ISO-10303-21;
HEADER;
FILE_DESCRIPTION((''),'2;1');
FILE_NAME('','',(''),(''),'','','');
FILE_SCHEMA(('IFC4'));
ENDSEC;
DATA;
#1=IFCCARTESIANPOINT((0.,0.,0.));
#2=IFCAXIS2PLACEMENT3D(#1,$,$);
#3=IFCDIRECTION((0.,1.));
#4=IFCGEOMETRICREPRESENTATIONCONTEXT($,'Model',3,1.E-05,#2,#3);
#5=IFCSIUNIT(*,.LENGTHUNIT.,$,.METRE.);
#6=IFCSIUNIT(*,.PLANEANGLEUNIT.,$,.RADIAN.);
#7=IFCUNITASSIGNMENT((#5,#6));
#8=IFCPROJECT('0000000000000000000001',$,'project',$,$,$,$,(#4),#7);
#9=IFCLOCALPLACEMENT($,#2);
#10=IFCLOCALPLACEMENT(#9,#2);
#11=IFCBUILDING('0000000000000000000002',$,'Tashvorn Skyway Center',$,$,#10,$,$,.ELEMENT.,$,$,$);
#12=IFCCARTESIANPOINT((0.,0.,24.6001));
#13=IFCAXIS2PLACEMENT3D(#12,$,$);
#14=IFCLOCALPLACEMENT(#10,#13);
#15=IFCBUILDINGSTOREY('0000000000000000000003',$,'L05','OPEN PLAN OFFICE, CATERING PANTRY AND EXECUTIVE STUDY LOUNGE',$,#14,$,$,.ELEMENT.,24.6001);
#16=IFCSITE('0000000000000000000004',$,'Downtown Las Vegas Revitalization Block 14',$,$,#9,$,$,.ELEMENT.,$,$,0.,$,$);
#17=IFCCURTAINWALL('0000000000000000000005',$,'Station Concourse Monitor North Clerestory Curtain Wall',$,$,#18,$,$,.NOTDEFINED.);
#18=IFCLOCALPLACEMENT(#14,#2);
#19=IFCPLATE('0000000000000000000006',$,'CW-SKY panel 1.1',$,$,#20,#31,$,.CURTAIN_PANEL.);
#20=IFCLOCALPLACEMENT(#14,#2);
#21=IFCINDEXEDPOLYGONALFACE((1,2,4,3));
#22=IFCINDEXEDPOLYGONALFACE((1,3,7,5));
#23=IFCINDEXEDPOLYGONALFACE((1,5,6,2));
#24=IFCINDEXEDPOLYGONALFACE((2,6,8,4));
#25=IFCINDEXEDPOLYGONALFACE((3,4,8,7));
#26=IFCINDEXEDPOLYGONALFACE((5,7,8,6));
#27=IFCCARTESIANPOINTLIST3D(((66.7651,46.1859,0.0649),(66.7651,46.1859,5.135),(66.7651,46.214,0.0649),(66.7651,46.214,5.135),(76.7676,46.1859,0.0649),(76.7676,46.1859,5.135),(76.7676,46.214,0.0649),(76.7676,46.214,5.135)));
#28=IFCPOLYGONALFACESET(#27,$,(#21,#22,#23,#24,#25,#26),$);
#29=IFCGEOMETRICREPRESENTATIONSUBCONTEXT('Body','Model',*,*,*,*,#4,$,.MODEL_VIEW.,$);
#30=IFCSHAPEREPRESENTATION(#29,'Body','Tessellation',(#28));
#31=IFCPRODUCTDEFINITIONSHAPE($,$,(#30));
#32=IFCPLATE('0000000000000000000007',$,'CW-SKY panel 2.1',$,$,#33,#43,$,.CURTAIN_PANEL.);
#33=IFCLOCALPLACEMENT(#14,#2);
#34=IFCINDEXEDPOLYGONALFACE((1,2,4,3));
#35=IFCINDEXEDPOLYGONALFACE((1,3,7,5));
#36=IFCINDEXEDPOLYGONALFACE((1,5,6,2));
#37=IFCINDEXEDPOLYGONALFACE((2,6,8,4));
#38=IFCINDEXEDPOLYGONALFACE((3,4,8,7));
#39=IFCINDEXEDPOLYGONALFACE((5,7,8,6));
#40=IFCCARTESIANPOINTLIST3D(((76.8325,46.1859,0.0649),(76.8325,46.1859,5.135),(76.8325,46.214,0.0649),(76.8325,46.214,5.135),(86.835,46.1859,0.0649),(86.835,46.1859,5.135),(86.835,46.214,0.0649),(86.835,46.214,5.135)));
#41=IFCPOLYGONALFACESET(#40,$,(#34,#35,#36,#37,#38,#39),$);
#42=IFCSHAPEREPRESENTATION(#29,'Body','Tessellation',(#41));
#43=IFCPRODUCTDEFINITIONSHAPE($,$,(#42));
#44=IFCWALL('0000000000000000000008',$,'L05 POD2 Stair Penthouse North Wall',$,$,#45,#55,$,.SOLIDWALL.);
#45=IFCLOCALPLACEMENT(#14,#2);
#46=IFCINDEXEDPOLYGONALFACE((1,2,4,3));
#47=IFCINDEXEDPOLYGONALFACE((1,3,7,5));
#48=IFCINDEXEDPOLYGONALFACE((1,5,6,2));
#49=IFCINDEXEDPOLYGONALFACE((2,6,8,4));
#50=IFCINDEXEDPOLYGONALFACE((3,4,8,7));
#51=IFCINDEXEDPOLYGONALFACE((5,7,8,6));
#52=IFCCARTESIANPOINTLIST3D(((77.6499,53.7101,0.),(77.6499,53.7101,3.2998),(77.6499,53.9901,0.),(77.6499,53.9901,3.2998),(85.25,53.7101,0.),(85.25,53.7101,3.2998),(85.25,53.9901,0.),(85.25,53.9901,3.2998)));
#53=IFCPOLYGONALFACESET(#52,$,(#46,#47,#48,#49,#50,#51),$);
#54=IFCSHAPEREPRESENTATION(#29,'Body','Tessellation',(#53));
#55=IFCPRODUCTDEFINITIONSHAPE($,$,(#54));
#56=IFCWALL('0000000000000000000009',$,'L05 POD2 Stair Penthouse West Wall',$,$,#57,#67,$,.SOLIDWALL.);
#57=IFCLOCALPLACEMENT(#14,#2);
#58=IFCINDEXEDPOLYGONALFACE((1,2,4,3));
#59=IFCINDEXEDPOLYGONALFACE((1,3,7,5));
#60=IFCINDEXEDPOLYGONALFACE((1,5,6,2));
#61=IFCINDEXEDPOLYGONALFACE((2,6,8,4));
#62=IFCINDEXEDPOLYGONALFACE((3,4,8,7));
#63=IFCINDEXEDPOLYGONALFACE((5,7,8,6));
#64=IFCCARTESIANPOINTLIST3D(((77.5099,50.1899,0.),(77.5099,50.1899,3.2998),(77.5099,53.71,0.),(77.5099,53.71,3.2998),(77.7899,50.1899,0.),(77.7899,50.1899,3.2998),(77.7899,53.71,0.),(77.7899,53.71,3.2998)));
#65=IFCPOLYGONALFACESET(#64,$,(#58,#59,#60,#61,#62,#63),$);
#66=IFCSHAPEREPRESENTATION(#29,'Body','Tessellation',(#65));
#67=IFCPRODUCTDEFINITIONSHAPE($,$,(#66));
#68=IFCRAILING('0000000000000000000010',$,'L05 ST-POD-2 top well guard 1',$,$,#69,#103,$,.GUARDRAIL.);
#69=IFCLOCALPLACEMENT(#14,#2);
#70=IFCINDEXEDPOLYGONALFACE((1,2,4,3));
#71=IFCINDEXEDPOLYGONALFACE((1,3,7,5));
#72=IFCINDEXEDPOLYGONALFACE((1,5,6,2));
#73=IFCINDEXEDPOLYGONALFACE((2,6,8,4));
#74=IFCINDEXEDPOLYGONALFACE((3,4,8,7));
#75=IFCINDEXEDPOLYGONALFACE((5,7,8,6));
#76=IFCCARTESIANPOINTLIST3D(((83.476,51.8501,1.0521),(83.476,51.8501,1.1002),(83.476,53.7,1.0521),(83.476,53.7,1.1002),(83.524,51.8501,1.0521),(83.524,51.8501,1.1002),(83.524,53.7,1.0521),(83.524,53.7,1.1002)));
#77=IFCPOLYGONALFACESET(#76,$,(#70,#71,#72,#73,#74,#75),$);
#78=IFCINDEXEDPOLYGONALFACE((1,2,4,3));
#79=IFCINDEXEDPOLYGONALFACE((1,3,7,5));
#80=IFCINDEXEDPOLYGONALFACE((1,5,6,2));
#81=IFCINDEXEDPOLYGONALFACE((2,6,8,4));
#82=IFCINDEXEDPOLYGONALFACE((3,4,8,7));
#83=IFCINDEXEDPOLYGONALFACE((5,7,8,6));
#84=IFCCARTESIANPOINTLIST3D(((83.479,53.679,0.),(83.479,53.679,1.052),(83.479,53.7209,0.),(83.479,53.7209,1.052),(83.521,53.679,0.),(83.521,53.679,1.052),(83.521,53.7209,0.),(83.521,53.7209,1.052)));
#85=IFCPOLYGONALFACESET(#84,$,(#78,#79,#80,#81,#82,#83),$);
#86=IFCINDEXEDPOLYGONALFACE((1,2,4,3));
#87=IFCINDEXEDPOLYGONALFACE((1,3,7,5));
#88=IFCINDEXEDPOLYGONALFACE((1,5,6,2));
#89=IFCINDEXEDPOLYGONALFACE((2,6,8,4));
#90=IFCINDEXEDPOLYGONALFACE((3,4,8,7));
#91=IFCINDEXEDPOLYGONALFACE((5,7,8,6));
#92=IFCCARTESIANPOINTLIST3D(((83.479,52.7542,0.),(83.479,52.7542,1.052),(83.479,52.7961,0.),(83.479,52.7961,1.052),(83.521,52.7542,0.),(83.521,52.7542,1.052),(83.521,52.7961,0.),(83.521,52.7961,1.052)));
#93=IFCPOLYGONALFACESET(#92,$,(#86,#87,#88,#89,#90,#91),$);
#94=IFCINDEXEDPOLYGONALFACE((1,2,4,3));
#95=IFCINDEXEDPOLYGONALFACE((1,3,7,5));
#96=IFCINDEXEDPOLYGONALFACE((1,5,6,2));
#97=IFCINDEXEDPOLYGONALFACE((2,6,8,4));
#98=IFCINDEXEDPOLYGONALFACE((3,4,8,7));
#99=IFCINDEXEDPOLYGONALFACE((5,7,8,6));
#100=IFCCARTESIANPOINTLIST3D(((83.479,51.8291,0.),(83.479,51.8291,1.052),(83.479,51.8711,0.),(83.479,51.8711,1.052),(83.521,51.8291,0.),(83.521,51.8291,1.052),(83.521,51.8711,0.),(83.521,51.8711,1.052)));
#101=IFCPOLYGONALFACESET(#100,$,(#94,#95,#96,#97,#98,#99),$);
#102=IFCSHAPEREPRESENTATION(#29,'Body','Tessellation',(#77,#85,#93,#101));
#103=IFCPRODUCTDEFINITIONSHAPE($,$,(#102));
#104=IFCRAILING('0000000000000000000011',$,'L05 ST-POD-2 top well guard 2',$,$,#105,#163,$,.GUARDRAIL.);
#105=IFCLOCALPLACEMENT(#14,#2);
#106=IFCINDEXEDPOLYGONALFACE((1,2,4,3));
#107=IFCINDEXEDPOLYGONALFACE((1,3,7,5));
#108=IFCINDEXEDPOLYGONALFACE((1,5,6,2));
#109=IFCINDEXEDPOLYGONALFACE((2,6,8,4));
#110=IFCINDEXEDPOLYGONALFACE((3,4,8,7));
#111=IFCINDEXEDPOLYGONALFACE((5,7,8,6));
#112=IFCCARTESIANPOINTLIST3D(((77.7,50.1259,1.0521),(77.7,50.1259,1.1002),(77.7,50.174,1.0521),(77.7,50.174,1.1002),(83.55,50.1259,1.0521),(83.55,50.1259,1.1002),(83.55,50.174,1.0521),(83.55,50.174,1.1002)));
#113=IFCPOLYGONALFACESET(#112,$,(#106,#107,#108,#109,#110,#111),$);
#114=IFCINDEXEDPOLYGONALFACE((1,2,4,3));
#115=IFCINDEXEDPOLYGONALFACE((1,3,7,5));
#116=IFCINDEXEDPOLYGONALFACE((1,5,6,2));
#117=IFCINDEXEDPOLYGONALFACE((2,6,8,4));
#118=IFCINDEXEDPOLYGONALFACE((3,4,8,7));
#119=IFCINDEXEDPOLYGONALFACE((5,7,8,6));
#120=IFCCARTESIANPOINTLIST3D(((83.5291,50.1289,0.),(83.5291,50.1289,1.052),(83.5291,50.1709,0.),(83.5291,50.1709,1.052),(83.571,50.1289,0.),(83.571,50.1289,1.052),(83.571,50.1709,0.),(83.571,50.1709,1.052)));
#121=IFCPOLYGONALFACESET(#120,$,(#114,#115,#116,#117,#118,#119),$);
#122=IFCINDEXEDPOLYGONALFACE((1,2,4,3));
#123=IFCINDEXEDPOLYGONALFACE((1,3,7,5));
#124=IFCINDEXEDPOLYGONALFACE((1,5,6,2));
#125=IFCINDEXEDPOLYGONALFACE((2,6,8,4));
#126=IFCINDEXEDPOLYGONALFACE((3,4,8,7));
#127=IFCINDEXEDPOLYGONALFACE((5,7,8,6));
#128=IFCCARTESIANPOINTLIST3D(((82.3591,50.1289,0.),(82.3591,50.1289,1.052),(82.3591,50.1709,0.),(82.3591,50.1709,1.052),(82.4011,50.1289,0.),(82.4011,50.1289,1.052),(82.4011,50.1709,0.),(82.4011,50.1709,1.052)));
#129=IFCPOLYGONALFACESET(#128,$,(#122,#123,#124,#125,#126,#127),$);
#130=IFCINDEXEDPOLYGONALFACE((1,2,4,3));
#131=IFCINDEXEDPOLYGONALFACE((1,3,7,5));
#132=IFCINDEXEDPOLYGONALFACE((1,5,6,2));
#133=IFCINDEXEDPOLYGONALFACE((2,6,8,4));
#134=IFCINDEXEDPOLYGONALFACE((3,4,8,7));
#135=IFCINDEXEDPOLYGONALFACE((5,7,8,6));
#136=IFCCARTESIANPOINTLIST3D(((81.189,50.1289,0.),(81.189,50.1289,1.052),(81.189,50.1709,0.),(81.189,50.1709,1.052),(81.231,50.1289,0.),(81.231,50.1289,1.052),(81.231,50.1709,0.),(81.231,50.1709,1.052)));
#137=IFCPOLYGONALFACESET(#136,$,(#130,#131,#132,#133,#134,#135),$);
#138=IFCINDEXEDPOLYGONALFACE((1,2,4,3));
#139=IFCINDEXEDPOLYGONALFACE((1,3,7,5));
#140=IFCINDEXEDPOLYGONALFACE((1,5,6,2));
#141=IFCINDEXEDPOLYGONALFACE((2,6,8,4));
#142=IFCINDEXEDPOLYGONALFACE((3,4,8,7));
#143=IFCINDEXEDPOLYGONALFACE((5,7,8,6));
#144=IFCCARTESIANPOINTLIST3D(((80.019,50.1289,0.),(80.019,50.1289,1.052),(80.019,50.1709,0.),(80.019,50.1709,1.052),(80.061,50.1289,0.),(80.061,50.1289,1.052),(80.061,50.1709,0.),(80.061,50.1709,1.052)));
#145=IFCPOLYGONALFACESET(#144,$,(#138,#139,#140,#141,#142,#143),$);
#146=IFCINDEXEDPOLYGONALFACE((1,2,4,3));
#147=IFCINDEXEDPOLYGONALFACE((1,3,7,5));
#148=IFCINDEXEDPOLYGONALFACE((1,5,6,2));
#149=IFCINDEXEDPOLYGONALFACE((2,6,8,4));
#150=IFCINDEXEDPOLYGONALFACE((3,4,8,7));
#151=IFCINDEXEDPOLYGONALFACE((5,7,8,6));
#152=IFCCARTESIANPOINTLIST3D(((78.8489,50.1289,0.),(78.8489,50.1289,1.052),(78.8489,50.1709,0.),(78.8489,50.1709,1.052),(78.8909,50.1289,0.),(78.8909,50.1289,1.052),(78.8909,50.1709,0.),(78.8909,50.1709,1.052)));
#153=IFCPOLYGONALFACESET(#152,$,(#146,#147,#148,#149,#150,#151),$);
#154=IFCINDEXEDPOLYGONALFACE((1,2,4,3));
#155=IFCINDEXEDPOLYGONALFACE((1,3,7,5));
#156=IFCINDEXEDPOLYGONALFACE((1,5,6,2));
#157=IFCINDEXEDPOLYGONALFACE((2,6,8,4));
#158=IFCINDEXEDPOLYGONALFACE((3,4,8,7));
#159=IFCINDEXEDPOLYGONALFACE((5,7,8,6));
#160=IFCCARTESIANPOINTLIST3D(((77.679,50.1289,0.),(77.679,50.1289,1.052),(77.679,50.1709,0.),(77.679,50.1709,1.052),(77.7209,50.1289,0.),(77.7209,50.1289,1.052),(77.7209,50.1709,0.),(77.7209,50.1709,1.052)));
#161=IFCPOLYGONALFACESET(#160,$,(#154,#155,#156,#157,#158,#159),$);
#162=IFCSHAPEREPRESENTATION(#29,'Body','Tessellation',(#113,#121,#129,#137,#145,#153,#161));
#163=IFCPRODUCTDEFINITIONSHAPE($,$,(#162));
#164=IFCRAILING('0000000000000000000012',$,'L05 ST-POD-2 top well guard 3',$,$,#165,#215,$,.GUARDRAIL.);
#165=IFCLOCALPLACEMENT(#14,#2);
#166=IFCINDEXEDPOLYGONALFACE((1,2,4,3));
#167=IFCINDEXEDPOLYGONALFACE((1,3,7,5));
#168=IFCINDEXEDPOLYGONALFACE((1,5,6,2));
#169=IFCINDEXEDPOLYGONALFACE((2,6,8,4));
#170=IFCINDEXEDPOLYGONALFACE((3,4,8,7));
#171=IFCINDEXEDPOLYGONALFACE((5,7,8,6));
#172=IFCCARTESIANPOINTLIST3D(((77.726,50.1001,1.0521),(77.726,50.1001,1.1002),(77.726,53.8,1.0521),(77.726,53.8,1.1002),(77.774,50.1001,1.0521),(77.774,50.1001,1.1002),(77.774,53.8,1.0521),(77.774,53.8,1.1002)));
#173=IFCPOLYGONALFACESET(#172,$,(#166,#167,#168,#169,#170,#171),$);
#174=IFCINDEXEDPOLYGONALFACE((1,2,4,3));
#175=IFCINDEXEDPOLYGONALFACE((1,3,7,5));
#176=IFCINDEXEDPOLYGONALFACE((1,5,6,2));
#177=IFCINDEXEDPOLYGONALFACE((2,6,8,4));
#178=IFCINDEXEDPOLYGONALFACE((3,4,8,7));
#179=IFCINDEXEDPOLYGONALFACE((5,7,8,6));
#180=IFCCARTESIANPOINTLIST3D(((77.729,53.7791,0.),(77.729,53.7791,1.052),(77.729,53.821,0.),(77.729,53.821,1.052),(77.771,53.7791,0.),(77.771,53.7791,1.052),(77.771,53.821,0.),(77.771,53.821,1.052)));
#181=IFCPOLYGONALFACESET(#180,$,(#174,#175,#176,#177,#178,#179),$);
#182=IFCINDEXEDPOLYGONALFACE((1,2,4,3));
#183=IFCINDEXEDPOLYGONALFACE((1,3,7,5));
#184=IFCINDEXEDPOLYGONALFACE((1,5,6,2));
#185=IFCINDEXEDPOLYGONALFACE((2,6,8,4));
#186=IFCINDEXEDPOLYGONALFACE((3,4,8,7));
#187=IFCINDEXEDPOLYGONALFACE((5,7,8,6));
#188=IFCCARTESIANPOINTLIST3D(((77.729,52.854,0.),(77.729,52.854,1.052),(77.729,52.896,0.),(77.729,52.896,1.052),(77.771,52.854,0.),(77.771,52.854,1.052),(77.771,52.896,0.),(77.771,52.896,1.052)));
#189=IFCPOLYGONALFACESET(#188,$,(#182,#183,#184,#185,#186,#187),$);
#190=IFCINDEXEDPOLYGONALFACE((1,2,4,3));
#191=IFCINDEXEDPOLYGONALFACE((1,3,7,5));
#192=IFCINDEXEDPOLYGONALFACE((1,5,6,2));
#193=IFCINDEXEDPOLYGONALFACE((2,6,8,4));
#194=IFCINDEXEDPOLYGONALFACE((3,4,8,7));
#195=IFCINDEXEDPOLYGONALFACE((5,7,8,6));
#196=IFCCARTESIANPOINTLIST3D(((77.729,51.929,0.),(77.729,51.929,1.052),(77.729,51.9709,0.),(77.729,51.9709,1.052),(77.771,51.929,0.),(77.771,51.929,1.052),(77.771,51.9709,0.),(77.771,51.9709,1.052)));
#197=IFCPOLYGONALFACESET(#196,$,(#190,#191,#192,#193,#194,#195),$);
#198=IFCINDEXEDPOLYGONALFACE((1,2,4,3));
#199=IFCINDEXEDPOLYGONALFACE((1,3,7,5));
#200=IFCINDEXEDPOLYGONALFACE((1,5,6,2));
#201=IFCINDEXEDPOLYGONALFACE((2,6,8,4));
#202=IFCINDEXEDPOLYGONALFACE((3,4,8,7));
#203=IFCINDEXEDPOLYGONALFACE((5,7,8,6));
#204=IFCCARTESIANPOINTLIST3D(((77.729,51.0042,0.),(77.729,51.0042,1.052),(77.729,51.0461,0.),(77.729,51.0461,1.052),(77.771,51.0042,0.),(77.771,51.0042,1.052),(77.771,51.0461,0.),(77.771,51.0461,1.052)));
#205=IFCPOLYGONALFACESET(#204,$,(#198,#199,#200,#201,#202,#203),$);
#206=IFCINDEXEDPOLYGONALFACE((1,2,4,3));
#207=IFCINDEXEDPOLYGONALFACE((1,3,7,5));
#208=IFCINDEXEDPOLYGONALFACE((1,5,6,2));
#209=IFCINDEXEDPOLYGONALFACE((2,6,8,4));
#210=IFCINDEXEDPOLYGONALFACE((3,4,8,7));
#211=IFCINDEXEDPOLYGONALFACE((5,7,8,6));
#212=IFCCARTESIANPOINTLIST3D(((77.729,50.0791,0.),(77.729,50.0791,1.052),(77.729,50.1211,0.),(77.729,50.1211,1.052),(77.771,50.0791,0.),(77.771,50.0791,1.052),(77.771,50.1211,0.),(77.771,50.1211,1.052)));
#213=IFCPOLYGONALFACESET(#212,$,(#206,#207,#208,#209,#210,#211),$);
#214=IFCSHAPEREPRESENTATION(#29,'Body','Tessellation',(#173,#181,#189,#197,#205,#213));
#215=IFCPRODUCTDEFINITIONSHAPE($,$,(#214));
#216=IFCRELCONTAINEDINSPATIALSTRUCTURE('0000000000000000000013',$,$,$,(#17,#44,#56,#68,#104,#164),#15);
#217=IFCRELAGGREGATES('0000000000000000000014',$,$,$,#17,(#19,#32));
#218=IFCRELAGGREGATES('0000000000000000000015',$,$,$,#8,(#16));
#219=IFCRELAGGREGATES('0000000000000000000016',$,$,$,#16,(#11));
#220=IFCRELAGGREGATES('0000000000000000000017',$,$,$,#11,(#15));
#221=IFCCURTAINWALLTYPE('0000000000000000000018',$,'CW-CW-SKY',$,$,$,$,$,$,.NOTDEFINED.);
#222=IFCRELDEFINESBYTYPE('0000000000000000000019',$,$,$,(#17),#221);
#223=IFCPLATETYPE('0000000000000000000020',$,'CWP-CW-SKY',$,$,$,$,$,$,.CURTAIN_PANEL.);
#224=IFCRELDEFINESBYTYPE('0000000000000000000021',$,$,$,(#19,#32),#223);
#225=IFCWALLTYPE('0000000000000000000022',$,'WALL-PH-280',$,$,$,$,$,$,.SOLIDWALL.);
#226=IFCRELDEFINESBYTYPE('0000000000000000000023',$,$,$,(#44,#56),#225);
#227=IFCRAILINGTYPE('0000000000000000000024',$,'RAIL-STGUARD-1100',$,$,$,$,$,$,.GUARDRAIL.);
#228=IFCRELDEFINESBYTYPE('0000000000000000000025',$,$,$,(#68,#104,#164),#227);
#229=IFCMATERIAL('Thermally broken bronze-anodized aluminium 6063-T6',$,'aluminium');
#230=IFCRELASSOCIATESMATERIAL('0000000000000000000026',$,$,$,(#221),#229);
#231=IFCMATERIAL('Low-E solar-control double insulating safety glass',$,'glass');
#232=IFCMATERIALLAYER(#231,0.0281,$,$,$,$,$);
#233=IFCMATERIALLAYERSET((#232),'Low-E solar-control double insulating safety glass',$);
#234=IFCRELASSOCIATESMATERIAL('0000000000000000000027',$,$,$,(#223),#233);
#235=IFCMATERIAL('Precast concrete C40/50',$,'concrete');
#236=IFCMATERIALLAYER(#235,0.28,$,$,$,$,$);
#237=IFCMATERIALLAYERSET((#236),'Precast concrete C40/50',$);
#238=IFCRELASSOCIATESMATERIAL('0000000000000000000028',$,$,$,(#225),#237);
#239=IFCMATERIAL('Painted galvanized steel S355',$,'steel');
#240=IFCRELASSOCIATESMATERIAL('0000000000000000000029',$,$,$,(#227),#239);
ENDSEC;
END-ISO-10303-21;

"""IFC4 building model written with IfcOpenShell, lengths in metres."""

from ifc_helpers import new_model, si_unit, direction, frame, frame_2d, origin, origin_2d, place, context, subcontext, project, spatial, rectangle, extrude, material, layer, layer_set, type_object, element, aggregate, save


model = new_model("IFC4")

# Units and contexts
model_context = context("Model", 3, precision=1e-05, world=origin(), true_north=direction((0.0, 1.0)))
body_context = subcontext(model_context, "Body", "Model", "MODEL_VIEW")
ifc_project = project(units=[si_unit("LENGTHUNIT", "METRE"), si_unit("PLANEANGLEUNIT", "RADIAN")], contexts=[model_context])

# Site, building, storey
site_placement = place(None, origin())
site = spatial("IfcSite", under=ifc_project, at=site_placement, Name="Downtown Las Vegas Revitalization Block 14", CompositionType="ELEMENT", RefElevation=0.0)
building_placement = place(site_placement, origin())
building = spatial("IfcBuilding", under=site, at=building_placement, Name="Tashvorn Skyway Center", CompositionType="ELEMENT")
storey_placement = place(building_placement, frame((0.0, 0.0, 24.6001)))
storey = spatial("IfcBuildingStorey", under=building, at=storey_placement, Name="L05", Description="OPEN PLAN OFFICE, CATERING PANTRY AND EXECUTIVE STUDY LOUNGE", CompositionType="ELEMENT", Elevation=24.6001)

# Curtain wall
ifc_material_1 = material(Name="Thermally broken bronze-anodized aluminium 6063-T6", Category="aluminium")
curtain_wall_type = type_object("IfcCurtainWallType", Name="CW-CW-SKY", PredefinedType="NOTDEFINED", material=ifc_material_1)
curtain_wall_1_placement = place(storey_placement, origin())
curtain_wall_1 = element("IfcCurtainWall", 1, at=curtain_wall_1_placement, inside=storey, type_object=curtain_wall_type, Name="Station Concourse Monitor North Clerestory Curtain Wall", PredefinedType="NOTDEFINED")

# Plates
ifc_material_2 = material(Name="Low-E solar-control double insulating safety glass", Category="glass")
ifc_layer_1 = layer(ifc_material_2, 0.0281)
ifc_layer_set_1 = layer_set([ifc_layer_1], Name="Low-E solar-control double insulating safety glass")
plate_type = type_object("IfcPlateType", Name="CWP-CW-SKY", PredefinedType="CURTAIN_PANEL", material=ifc_layer_set_1)
plate_1_placement = place(storey_placement, frame((71.7664, 46.2, 0.0649), z_axis=(0.0, 0.0, 1.0), x_axis=(1.0, 0.0, 0.0)))
plate_1 = element("IfcPlate", 2, at=plate_1_placement, type_object=plate_type, Name="CW-SKY panel 1.1", PredefinedType="CURTAIN_PANEL", context=body_context, shape_type="SweptSolid", body=[
    extrude(rectangle(XDim=10.0024, YDim=0.0281, at=origin_2d()), origin(), (0.0, 0.0, 1.0), 5.0701),
])
plate_2_placement = place(storey_placement, frame((81.8337, 46.2, 0.0649), z_axis=(0.0, 0.0, 1.0), x_axis=(1.0, 0.0, 0.0)))
plate_2 = element("IfcPlate", 3, at=plate_2_placement, type_object=plate_type, Name="CW-SKY panel 2.1", PredefinedType="CURTAIN_PANEL", context=body_context, shape_type="SweptSolid", body=[
    extrude(rectangle(XDim=10.0024, YDim=0.0281, at=origin_2d()), origin(), (0.0, 0.0, 1.0), 5.0701),
])
aggregate(curtain_wall_1, [plate_1, plate_2])

# Walls
ifc_material_3 = material(Name="Precast concrete C40/50", Category="concrete")
ifc_layer_2 = layer(ifc_material_3, 0.28)
ifc_layer_set_2 = layer_set([ifc_layer_2], Name="Precast concrete C40/50")
wall_type = type_object("IfcWallType", Name="WALL-PH-280", PredefinedType="SOLIDWALL", material=ifc_layer_set_2)
wall_1_placement = place(storey_placement, frame((77.6499, 53.8501, 0.0), z_axis=(0.0, 0.0, 1.0), x_axis=(1.0, 0.0, 0.0)))
element("IfcWall", 4, at=wall_1_placement, inside=storey, type_object=wall_type, Name="L05 POD2 Stair Penthouse North Wall", PredefinedType="SOLIDWALL", context=body_context, shape_type="SweptSolid", body=[
    extrude(rectangle(XDim=7.6001, YDim=0.28, at=frame_2d((3.8, 0.0))), origin(), (0.0, 0.0, 1.0), 3.2998),
])
wall_2_placement = place(storey_placement, frame((77.6499, 50.1899, 0.0), z_axis=(0.0, 0.0, 1.0), x_axis=(0.0, 1.0, 0.0)))
element("IfcWall", 5, at=wall_2_placement, inside=storey, type_object=wall_type, Name="L05 POD2 Stair Penthouse West Wall", PredefinedType="SOLIDWALL", context=body_context, shape_type="SweptSolid", body=[
    extrude(rectangle(XDim=3.52, YDim=0.28, at=frame_2d((1.76, 0.0))), origin(), (0.0, 0.0, 1.0), 3.2998),
])

# Railings
ifc_material_4 = material(Name="Painted galvanized steel S355", Category="steel")
railing_type = type_object("IfcRailingType", Name="RAIL-STGUARD-1100", PredefinedType="GUARDRAIL", material=ifc_material_4)
railing_1_placement = place(storey_placement, frame((83.5, 53.7, 0.0)))
element("IfcRailing", 6, at=railing_1_placement, inside=storey, type_object=railing_type, Name="L05 ST-POD-2 top well guard 1", PredefinedType="GUARDRAIL", context=body_context, shape_type="SweptSolid", body=[
    extrude(rectangle(XDim=0.0481, YDim=0.0481, at=origin_2d()), frame((0.0, 0.0, 1.0762), z_axis=(0.0, -1.0, 0.0), x_axis=(1.0, 0.0, 0.0)), (0.0, 0.0, 1.0), 1.8499),
    extrude(rectangle(XDim=0.042, YDim=0.042, at=origin_2d()), origin(), (0.0, 0.0, 1.0), 1.052),
    extrude(rectangle(XDim=0.042, YDim=0.042, at=origin_2d()), frame((0.0, -0.9248, 0.0)), (0.0, 0.0, 1.0), 1.052),
    extrude(rectangle(XDim=0.042, YDim=0.042, at=origin_2d()), frame((0.0, -1.8499, 0.0)), (0.0, 0.0, 1.0), 1.052),
])
railing_2_placement = place(storey_placement, frame((83.55, 50.1499, 0.0)))
element("IfcRailing", 7, at=railing_2_placement, inside=storey, type_object=railing_type, Name="L05 ST-POD-2 top well guard 2", PredefinedType="GUARDRAIL", context=body_context, shape_type="SweptSolid", body=[
    extrude(rectangle(XDim=0.0481, YDim=0.0481, at=origin_2d()), frame((0.0, 0.0, 1.0762), z_axis=(-1.0, 0.0, 0.0), x_axis=(0.0, -1.0, 0.0)), (0.0, 0.0, 1.0), 5.8501),
    extrude(rectangle(XDim=0.042, YDim=0.042, at=origin_2d()), origin(), (0.0, 0.0, 1.0), 1.052),
    extrude(rectangle(XDim=0.042, YDim=0.042, at=origin_2d()), frame((-1.1699, 0.0, 0.0)), (0.0, 0.0, 1.0), 1.052),
    extrude(rectangle(XDim=0.042, YDim=0.042, at=origin_2d()), frame((-2.3401, 0.0, 0.0)), (0.0, 0.0, 1.0), 1.052),
    extrude(rectangle(XDim=0.042, YDim=0.042, at=origin_2d()), frame((-3.51, 0.0, 0.0)), (0.0, 0.0, 1.0), 1.052),
    extrude(rectangle(XDim=0.042, YDim=0.042, at=origin_2d()), frame((-4.6802, 0.0, 0.0)), (0.0, 0.0, 1.0), 1.052),
    extrude(rectangle(XDim=0.042, YDim=0.042, at=origin_2d()), frame((-5.8501, 0.0, 0.0)), (0.0, 0.0, 1.0), 1.052),
])
railing_3_placement = place(storey_placement, frame((77.75, 53.8, 0.0)))
element("IfcRailing", 8, at=railing_3_placement, inside=storey, type_object=railing_type, Name="L05 ST-POD-2 top well guard 3", PredefinedType="GUARDRAIL", context=body_context, shape_type="SweptSolid", body=[
    extrude(rectangle(XDim=0.0481, YDim=0.0481, at=origin_2d()), frame((0.0, 0.0, 1.0762), z_axis=(0.0, -1.0, 0.0), x_axis=(1.0, 0.0, 0.0)), (0.0, 0.0, 1.0), 3.7),
    extrude(rectangle(XDim=0.042, YDim=0.042, at=origin_2d()), origin(), (0.0, 0.0, 1.0), 1.052),
    extrude(rectangle(XDim=0.042, YDim=0.042, at=origin_2d()), frame((0.0, -0.925, 0.0)), (0.0, 0.0, 1.0), 1.052),
    extrude(rectangle(XDim=0.042, YDim=0.042, at=origin_2d()), frame((0.0, -1.8501, 0.0)), (0.0, 0.0, 1.0), 1.052),
    extrude(rectangle(XDim=0.042, YDim=0.042, at=origin_2d()), frame((0.0, -2.7749, 0.0)), (0.0, 0.0, 1.0), 1.052),
    extrude(rectangle(XDim=0.042, YDim=0.042, at=origin_2d()), frame((0.0, -3.7, 0.0)), (0.0, 0.0, 1.0), 1.052),
])

save(model, "model.ifc")
